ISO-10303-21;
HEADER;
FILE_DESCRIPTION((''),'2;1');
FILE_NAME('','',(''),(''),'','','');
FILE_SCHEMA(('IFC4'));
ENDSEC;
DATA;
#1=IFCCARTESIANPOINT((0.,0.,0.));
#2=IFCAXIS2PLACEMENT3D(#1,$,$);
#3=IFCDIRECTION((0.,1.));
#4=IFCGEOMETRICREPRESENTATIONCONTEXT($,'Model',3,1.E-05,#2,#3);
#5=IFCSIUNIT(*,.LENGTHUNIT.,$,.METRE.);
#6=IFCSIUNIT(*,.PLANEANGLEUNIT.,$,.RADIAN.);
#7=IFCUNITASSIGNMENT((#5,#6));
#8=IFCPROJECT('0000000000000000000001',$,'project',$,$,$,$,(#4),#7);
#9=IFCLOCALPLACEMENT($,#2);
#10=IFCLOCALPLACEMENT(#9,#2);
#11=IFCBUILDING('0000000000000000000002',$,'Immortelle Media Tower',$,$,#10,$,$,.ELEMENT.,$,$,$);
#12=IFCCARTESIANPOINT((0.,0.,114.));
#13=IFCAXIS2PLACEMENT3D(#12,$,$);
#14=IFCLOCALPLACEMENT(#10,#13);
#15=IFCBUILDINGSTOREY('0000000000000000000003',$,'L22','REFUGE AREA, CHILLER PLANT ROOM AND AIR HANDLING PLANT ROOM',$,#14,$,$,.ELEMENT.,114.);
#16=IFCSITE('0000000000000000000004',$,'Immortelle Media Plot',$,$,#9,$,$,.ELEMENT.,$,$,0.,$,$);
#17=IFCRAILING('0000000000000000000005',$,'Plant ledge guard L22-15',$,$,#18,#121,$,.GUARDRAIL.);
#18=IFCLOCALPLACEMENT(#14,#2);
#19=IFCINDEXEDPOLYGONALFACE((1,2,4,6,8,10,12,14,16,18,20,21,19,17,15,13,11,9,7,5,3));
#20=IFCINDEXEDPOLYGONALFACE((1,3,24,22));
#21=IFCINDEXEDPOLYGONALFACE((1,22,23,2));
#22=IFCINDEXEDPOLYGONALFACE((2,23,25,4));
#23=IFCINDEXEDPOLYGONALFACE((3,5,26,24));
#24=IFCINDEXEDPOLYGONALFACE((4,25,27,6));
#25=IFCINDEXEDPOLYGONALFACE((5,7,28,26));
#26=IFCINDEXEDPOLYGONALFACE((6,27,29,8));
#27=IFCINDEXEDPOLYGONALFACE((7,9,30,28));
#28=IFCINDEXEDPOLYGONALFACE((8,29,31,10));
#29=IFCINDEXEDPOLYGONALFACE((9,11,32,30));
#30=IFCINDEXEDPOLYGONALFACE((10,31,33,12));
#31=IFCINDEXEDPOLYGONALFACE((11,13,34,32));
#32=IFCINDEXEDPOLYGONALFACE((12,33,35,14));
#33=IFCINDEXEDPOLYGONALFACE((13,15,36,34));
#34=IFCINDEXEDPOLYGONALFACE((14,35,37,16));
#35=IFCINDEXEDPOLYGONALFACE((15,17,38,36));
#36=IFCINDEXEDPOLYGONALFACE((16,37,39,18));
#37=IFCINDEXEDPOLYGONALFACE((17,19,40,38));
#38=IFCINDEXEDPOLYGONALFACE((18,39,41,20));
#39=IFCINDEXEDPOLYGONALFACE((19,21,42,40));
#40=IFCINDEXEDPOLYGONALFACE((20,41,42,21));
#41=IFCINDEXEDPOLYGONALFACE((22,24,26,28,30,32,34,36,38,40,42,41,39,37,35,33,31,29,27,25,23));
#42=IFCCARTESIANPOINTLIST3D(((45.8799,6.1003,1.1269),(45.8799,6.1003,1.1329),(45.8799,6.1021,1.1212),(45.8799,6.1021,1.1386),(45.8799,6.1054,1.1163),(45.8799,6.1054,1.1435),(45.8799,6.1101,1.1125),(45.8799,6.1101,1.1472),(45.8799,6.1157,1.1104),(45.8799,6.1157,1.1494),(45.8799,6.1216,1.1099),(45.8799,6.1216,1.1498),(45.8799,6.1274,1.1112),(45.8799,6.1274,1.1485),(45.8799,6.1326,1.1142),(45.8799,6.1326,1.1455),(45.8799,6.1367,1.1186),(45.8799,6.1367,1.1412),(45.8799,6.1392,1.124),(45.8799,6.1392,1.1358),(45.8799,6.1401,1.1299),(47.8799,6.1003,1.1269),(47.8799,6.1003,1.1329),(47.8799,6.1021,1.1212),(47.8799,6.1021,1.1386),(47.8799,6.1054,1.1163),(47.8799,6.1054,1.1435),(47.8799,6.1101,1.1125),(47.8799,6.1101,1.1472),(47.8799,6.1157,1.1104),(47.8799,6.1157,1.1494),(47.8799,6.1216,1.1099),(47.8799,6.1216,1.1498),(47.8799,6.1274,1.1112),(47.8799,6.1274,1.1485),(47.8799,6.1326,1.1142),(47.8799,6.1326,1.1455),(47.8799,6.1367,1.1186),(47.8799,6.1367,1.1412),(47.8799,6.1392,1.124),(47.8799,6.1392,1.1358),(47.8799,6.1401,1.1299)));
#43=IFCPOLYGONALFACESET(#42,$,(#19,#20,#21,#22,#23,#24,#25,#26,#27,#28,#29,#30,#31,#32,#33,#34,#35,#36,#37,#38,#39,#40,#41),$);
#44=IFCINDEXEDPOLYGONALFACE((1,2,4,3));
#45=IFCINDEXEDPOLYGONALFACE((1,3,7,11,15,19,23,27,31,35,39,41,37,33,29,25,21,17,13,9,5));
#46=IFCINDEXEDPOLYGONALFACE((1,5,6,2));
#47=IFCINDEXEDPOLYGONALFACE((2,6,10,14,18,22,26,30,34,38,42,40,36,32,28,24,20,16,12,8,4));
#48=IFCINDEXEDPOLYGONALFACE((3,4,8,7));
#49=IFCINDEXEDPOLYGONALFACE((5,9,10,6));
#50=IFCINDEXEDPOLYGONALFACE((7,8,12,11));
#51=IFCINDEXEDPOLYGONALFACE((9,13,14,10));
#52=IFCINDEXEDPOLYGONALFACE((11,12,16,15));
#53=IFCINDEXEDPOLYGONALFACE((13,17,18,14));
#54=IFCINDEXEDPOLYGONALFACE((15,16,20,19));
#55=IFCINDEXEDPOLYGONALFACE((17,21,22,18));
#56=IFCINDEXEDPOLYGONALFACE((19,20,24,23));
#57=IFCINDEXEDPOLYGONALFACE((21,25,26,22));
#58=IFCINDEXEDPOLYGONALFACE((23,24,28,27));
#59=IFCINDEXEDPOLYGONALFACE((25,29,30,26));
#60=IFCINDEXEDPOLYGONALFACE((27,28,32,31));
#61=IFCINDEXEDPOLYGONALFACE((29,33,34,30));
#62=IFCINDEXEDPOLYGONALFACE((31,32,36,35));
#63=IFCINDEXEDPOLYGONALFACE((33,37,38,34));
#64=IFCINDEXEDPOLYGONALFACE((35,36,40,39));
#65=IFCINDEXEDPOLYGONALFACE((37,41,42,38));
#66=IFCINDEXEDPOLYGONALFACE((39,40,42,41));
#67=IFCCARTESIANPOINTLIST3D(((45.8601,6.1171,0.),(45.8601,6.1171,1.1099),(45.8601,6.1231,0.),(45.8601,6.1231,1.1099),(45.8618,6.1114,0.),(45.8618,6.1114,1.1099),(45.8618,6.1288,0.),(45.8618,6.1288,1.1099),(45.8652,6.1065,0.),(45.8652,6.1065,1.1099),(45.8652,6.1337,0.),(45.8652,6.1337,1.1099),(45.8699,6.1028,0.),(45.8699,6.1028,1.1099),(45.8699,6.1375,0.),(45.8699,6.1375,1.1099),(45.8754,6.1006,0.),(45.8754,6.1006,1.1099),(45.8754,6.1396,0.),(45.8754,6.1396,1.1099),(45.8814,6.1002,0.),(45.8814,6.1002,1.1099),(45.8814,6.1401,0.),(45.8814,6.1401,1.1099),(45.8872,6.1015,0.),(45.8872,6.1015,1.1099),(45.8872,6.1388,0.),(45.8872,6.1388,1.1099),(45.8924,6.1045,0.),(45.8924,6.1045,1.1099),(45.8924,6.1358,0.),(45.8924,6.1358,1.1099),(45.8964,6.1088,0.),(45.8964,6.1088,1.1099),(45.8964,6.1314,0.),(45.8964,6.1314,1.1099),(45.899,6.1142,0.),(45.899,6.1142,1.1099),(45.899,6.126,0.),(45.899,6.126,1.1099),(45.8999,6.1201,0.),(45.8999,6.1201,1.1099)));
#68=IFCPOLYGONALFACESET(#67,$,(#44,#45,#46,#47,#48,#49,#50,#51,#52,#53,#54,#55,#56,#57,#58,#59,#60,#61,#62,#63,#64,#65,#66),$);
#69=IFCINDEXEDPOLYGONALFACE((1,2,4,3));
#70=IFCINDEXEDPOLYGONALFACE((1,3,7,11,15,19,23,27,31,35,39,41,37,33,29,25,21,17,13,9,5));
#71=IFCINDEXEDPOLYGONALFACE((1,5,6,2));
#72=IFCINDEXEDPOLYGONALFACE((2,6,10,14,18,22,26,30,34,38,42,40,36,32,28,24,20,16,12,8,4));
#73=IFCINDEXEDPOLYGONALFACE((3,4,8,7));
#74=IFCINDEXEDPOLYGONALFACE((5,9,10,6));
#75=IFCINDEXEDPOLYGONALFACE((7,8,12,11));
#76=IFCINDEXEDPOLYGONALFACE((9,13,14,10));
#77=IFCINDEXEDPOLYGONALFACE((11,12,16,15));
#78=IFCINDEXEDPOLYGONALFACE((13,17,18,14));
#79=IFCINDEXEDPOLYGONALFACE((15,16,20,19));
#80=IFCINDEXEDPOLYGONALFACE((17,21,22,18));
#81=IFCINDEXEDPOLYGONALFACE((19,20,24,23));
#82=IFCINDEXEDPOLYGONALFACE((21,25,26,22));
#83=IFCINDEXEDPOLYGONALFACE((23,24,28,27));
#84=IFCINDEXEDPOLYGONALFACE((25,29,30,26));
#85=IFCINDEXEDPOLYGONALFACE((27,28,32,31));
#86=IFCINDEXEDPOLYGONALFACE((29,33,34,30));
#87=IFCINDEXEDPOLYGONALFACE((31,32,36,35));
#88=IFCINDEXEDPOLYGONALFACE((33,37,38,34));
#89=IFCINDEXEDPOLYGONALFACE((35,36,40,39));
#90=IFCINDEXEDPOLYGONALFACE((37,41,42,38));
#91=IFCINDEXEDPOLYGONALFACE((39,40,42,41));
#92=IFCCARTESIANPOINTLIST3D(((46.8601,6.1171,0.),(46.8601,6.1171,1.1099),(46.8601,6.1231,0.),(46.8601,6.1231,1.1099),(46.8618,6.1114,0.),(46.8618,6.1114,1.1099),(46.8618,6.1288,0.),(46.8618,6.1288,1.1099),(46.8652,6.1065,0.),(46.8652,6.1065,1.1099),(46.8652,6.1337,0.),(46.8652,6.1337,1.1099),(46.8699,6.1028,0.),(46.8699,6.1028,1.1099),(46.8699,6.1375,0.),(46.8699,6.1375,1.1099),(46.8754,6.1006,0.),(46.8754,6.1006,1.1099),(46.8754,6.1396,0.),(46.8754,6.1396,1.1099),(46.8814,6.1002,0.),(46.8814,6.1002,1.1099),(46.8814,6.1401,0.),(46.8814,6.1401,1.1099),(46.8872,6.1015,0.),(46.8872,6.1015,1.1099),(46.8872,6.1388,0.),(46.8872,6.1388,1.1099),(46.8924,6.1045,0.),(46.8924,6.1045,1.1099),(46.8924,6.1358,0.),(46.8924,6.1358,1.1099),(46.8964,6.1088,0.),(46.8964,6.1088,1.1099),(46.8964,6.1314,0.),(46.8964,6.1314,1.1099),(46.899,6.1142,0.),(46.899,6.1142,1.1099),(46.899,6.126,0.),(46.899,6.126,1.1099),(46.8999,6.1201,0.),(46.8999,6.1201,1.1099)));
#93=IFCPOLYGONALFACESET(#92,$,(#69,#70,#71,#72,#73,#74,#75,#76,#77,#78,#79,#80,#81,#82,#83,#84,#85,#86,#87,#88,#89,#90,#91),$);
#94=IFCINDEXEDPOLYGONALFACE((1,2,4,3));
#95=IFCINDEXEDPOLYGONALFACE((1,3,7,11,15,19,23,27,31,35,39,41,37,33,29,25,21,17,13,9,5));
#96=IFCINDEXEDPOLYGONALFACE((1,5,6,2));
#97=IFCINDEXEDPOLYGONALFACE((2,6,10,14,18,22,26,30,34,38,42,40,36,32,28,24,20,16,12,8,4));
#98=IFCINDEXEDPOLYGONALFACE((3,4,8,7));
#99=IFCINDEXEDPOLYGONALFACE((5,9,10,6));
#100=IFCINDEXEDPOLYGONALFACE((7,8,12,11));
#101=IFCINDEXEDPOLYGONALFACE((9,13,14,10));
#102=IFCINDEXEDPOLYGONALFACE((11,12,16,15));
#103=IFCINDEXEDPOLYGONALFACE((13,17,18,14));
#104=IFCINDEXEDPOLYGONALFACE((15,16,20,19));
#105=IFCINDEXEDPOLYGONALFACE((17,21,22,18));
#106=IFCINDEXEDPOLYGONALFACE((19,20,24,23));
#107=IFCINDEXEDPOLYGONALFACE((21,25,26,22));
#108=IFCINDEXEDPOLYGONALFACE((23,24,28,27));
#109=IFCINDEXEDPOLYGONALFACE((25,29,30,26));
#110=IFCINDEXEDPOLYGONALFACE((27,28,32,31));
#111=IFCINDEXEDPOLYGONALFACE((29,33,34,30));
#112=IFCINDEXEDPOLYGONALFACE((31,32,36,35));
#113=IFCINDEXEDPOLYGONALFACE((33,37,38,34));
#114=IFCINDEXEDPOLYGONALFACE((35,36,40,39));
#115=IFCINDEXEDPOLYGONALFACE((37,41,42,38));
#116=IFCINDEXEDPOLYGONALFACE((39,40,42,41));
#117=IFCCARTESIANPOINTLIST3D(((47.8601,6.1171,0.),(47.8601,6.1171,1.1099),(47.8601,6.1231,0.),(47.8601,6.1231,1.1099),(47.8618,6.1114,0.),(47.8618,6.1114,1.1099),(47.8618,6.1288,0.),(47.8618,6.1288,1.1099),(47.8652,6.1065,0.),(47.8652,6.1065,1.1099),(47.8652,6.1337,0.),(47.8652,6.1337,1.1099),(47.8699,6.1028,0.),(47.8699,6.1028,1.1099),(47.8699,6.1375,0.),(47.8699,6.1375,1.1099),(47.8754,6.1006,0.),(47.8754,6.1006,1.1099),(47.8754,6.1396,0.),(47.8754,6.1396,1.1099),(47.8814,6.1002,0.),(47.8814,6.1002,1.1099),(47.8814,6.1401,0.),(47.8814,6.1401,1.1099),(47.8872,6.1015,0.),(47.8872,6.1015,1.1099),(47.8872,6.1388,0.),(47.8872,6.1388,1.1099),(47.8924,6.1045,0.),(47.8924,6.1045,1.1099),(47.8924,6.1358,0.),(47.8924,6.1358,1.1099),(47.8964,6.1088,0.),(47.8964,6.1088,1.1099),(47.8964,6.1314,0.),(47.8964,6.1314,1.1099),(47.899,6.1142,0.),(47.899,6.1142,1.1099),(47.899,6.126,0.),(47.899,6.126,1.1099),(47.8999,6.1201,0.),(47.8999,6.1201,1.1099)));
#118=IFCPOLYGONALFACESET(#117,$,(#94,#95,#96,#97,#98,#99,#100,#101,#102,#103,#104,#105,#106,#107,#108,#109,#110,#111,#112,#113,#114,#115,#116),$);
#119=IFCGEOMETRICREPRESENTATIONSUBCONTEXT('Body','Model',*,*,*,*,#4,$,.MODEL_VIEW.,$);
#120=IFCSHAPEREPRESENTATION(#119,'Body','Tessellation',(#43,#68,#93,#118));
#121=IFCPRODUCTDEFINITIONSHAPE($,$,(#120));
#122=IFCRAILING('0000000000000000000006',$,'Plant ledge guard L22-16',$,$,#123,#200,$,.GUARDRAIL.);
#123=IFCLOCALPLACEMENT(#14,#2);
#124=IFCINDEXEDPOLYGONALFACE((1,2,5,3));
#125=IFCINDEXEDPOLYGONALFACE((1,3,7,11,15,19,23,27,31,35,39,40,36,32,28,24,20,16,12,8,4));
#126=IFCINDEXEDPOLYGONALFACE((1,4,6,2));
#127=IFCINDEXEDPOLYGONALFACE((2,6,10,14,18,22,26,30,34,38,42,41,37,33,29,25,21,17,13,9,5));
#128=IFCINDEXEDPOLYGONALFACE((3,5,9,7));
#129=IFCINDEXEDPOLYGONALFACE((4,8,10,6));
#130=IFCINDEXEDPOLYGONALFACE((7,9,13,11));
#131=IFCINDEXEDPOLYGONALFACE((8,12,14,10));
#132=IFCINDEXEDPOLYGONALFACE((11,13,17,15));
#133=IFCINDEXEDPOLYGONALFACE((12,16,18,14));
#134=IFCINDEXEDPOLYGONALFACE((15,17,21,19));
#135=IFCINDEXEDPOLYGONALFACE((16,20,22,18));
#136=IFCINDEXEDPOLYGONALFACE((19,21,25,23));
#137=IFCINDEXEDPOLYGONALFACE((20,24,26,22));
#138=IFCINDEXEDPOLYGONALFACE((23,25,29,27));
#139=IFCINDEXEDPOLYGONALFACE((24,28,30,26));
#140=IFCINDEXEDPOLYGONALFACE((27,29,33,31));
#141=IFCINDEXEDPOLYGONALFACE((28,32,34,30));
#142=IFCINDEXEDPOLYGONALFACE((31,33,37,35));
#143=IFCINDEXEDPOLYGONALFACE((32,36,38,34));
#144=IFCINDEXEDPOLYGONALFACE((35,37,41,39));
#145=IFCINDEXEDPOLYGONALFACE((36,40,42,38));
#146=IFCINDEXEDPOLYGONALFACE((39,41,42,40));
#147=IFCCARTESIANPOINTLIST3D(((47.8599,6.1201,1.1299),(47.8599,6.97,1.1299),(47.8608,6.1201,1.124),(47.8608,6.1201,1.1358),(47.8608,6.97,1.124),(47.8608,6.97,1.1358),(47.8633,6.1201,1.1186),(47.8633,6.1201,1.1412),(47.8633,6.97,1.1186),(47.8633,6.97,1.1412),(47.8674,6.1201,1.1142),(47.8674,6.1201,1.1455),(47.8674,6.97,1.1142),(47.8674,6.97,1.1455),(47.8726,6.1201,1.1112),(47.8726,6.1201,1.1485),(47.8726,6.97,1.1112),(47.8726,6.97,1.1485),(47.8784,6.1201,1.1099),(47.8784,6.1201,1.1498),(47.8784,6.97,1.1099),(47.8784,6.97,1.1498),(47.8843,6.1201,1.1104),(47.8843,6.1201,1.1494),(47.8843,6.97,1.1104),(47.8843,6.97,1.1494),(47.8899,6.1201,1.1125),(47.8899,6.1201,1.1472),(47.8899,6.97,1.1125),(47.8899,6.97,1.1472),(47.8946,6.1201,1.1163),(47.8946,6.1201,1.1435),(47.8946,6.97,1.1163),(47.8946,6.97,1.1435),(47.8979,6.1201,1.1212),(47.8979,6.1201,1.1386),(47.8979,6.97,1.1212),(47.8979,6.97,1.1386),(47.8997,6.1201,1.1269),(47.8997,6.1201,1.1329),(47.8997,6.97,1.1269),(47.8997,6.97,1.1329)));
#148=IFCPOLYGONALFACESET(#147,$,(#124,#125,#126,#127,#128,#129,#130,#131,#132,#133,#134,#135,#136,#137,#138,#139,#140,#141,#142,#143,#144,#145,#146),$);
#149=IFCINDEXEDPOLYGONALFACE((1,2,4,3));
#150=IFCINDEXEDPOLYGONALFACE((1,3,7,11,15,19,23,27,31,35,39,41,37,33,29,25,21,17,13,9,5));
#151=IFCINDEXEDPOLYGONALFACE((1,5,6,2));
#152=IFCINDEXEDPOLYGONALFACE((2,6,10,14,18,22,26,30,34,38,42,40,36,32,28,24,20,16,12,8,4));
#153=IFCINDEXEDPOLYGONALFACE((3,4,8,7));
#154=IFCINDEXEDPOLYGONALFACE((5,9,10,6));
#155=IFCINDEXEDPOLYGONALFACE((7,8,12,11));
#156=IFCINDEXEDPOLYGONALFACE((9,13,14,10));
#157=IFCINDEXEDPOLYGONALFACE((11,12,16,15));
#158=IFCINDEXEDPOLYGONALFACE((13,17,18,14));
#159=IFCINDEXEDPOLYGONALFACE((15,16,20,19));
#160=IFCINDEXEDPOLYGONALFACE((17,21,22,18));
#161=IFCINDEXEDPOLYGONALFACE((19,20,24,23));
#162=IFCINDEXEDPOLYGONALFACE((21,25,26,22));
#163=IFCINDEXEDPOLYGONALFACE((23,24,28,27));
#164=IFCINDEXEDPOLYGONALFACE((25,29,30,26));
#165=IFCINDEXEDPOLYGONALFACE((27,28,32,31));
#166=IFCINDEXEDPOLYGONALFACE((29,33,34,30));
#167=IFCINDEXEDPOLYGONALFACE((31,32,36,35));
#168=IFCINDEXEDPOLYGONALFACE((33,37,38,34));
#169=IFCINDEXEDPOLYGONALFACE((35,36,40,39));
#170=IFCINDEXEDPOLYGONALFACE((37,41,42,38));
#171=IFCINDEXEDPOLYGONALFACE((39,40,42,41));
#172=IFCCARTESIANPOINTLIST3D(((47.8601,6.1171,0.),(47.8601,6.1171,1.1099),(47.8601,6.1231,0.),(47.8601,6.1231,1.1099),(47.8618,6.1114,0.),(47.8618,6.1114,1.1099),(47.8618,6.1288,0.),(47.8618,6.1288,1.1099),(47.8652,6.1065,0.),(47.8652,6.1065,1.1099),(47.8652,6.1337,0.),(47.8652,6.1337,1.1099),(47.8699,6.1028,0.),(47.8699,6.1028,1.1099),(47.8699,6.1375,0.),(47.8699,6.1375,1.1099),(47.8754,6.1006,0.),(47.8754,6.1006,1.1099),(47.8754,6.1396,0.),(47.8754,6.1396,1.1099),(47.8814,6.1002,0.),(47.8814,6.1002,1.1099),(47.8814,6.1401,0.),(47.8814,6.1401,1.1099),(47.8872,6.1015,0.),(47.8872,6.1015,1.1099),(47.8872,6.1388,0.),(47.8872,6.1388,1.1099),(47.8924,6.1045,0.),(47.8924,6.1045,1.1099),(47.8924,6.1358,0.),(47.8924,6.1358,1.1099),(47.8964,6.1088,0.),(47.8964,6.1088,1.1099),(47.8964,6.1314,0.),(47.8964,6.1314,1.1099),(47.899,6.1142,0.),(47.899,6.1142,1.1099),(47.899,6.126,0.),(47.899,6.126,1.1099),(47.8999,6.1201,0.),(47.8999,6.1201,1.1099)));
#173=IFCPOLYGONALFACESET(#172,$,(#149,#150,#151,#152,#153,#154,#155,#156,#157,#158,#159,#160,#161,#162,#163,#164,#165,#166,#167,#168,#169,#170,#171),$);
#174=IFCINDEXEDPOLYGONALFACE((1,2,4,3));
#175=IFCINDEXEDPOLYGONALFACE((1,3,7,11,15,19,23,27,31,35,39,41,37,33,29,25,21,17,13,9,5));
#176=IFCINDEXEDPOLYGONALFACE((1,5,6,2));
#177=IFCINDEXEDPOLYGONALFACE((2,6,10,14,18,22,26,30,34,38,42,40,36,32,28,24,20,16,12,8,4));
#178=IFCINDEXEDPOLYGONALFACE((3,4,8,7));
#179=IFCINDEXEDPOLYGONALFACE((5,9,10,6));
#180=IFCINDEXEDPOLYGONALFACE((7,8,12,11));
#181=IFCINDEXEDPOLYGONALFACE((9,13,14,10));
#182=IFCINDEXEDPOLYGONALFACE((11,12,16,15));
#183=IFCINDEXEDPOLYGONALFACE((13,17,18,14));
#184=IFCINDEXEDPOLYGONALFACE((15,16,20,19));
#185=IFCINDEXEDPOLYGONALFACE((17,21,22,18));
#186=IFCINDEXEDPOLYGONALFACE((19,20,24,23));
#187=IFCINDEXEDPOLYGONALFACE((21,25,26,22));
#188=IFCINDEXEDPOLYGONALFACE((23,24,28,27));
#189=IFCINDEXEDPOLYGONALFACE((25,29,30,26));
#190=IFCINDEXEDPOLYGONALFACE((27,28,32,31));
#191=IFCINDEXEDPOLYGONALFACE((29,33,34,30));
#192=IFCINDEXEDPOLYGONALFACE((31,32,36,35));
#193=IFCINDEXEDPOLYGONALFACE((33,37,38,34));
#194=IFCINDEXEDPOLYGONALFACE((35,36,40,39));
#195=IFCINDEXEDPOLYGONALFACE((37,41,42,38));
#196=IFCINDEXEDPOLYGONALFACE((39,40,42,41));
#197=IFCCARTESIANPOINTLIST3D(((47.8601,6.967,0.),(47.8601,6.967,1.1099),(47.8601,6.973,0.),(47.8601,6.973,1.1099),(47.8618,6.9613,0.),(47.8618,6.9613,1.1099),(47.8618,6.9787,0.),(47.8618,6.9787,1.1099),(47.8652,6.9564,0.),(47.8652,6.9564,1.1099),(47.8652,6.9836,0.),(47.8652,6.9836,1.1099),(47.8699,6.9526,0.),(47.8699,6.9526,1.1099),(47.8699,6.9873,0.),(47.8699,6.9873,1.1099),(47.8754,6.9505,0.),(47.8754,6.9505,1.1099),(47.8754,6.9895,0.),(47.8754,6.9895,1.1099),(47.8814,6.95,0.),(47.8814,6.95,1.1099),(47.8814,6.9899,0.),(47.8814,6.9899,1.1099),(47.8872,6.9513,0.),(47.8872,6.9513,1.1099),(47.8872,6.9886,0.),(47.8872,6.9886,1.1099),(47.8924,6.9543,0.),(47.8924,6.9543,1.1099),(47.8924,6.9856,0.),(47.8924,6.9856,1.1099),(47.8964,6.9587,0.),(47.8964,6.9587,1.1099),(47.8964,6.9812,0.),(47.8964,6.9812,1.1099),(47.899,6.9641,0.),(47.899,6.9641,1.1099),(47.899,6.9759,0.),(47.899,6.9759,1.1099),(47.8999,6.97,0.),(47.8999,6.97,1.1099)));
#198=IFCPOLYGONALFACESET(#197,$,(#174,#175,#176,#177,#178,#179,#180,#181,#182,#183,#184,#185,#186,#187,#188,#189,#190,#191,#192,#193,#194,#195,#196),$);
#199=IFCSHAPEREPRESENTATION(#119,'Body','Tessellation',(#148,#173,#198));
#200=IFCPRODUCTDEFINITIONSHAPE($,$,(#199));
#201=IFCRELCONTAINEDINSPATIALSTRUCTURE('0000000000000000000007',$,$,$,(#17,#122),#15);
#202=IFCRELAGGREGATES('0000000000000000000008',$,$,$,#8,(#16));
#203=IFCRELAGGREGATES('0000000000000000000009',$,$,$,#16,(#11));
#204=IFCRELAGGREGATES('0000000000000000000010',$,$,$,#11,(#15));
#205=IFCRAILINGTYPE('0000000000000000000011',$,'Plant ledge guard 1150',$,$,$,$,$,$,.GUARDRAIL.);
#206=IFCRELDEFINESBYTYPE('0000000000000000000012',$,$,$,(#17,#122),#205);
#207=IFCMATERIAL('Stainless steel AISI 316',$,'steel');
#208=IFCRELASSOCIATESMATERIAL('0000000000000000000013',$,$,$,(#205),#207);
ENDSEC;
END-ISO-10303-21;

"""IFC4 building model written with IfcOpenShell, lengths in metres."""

from ifc_helpers import new_model, si_unit, direction, frame, origin, origin_2d, place, context, subcontext, project, spatial, circle, extrude, material, type_object, element, save


model = new_model("IFC4")

# Units and contexts
model_context = context("Model", 3, precision=1e-05, world=origin(), true_north=direction((0.0, 1.0)))
body_context = subcontext(model_context, "Body", "Model", "MODEL_VIEW")
ifc_project = project(units=[si_unit("LENGTHUNIT", "METRE"), si_unit("PLANEANGLEUNIT", "RADIAN")], contexts=[model_context])

# Site, building, storey
site_placement = place(None, origin())
site = spatial("IfcSite", under=ifc_project, at=site_placement, Name="Immortelle Media Plot", CompositionType="ELEMENT", RefElevation=0.0)
building_placement = place(site_placement, origin())
building = spatial("IfcBuilding", under=site, at=building_placement, Name="Immortelle Media Tower", CompositionType="ELEMENT")
storey_placement = place(building_placement, frame((0.0, 0.0, 114.0)))
storey = spatial("IfcBuildingStorey", under=building, at=storey_placement, Name="L22", Description="REFUGE AREA, CHILLER PLANT ROOM AND AIR HANDLING PLANT ROOM", CompositionType="ELEMENT", Elevation=114.0)

# Railings
ifc_material_1 = material(Name="Stainless steel AISI 316", Category="steel")
railing_type = type_object("IfcRailingType", Name="Plant ledge guard 1150", PredefinedType="GUARDRAIL", material=ifc_material_1)
railing_1_placement = place(storey_placement, frame((45.8799, 6.1201, 0.0)))
element("IfcRailing", 1, at=railing_1_placement, inside=storey, type_object=railing_type, Name="Plant ledge guard L22-15", PredefinedType="GUARDRAIL", context=body_context, shape_type="SweptSolid", body=[
    extrude(circle(Radius=0.02, at=origin_2d()), frame((0.0, 0.0, 1.1299), z_axis=(1.0, 0.0, 0.0), x_axis=(0.0, 1.0, 0.0)), (0.0, 0.0, 1.0), 2.0),
    extrude(circle(Radius=0.02, at=origin_2d()), origin(), (0.0, 0.0, 1.0), 1.1099),
    extrude(circle(Radius=0.02, at=origin_2d()), frame((1.0, 0.0, 0.0)), (0.0, 0.0, 1.0), 1.1099),
    extrude(circle(Radius=0.02, at=origin_2d()), frame((2.0, 0.0, 0.0)), (0.0, 0.0, 1.0), 1.1099),
])
railing_2_placement = place(storey_placement, frame((47.8799, 6.1201, 0.0)))
element("IfcRailing", 2, at=railing_2_placement, inside=storey, type_object=railing_type, Name="Plant ledge guard L22-16", PredefinedType="GUARDRAIL", context=body_context, shape_type="SweptSolid", body=[
    extrude(circle(Radius=0.02, at=origin_2d()), frame((0.0, 0.0, 1.1299), z_axis=(0.0, 1.0, 0.0), x_axis=(-1.0, 0.0, 0.0)), (0.0, 0.0, 1.0), 0.8499),
    extrude(circle(Radius=0.02, at=origin_2d()), origin(), (0.0, 0.0, 1.0), 1.1099),
    extrude(circle(Radius=0.02, at=origin_2d()), frame((0.0, 0.8499, 0.0)), (0.0, 0.0, 1.0), 1.1099),
])

save(model, "model.ifc")
